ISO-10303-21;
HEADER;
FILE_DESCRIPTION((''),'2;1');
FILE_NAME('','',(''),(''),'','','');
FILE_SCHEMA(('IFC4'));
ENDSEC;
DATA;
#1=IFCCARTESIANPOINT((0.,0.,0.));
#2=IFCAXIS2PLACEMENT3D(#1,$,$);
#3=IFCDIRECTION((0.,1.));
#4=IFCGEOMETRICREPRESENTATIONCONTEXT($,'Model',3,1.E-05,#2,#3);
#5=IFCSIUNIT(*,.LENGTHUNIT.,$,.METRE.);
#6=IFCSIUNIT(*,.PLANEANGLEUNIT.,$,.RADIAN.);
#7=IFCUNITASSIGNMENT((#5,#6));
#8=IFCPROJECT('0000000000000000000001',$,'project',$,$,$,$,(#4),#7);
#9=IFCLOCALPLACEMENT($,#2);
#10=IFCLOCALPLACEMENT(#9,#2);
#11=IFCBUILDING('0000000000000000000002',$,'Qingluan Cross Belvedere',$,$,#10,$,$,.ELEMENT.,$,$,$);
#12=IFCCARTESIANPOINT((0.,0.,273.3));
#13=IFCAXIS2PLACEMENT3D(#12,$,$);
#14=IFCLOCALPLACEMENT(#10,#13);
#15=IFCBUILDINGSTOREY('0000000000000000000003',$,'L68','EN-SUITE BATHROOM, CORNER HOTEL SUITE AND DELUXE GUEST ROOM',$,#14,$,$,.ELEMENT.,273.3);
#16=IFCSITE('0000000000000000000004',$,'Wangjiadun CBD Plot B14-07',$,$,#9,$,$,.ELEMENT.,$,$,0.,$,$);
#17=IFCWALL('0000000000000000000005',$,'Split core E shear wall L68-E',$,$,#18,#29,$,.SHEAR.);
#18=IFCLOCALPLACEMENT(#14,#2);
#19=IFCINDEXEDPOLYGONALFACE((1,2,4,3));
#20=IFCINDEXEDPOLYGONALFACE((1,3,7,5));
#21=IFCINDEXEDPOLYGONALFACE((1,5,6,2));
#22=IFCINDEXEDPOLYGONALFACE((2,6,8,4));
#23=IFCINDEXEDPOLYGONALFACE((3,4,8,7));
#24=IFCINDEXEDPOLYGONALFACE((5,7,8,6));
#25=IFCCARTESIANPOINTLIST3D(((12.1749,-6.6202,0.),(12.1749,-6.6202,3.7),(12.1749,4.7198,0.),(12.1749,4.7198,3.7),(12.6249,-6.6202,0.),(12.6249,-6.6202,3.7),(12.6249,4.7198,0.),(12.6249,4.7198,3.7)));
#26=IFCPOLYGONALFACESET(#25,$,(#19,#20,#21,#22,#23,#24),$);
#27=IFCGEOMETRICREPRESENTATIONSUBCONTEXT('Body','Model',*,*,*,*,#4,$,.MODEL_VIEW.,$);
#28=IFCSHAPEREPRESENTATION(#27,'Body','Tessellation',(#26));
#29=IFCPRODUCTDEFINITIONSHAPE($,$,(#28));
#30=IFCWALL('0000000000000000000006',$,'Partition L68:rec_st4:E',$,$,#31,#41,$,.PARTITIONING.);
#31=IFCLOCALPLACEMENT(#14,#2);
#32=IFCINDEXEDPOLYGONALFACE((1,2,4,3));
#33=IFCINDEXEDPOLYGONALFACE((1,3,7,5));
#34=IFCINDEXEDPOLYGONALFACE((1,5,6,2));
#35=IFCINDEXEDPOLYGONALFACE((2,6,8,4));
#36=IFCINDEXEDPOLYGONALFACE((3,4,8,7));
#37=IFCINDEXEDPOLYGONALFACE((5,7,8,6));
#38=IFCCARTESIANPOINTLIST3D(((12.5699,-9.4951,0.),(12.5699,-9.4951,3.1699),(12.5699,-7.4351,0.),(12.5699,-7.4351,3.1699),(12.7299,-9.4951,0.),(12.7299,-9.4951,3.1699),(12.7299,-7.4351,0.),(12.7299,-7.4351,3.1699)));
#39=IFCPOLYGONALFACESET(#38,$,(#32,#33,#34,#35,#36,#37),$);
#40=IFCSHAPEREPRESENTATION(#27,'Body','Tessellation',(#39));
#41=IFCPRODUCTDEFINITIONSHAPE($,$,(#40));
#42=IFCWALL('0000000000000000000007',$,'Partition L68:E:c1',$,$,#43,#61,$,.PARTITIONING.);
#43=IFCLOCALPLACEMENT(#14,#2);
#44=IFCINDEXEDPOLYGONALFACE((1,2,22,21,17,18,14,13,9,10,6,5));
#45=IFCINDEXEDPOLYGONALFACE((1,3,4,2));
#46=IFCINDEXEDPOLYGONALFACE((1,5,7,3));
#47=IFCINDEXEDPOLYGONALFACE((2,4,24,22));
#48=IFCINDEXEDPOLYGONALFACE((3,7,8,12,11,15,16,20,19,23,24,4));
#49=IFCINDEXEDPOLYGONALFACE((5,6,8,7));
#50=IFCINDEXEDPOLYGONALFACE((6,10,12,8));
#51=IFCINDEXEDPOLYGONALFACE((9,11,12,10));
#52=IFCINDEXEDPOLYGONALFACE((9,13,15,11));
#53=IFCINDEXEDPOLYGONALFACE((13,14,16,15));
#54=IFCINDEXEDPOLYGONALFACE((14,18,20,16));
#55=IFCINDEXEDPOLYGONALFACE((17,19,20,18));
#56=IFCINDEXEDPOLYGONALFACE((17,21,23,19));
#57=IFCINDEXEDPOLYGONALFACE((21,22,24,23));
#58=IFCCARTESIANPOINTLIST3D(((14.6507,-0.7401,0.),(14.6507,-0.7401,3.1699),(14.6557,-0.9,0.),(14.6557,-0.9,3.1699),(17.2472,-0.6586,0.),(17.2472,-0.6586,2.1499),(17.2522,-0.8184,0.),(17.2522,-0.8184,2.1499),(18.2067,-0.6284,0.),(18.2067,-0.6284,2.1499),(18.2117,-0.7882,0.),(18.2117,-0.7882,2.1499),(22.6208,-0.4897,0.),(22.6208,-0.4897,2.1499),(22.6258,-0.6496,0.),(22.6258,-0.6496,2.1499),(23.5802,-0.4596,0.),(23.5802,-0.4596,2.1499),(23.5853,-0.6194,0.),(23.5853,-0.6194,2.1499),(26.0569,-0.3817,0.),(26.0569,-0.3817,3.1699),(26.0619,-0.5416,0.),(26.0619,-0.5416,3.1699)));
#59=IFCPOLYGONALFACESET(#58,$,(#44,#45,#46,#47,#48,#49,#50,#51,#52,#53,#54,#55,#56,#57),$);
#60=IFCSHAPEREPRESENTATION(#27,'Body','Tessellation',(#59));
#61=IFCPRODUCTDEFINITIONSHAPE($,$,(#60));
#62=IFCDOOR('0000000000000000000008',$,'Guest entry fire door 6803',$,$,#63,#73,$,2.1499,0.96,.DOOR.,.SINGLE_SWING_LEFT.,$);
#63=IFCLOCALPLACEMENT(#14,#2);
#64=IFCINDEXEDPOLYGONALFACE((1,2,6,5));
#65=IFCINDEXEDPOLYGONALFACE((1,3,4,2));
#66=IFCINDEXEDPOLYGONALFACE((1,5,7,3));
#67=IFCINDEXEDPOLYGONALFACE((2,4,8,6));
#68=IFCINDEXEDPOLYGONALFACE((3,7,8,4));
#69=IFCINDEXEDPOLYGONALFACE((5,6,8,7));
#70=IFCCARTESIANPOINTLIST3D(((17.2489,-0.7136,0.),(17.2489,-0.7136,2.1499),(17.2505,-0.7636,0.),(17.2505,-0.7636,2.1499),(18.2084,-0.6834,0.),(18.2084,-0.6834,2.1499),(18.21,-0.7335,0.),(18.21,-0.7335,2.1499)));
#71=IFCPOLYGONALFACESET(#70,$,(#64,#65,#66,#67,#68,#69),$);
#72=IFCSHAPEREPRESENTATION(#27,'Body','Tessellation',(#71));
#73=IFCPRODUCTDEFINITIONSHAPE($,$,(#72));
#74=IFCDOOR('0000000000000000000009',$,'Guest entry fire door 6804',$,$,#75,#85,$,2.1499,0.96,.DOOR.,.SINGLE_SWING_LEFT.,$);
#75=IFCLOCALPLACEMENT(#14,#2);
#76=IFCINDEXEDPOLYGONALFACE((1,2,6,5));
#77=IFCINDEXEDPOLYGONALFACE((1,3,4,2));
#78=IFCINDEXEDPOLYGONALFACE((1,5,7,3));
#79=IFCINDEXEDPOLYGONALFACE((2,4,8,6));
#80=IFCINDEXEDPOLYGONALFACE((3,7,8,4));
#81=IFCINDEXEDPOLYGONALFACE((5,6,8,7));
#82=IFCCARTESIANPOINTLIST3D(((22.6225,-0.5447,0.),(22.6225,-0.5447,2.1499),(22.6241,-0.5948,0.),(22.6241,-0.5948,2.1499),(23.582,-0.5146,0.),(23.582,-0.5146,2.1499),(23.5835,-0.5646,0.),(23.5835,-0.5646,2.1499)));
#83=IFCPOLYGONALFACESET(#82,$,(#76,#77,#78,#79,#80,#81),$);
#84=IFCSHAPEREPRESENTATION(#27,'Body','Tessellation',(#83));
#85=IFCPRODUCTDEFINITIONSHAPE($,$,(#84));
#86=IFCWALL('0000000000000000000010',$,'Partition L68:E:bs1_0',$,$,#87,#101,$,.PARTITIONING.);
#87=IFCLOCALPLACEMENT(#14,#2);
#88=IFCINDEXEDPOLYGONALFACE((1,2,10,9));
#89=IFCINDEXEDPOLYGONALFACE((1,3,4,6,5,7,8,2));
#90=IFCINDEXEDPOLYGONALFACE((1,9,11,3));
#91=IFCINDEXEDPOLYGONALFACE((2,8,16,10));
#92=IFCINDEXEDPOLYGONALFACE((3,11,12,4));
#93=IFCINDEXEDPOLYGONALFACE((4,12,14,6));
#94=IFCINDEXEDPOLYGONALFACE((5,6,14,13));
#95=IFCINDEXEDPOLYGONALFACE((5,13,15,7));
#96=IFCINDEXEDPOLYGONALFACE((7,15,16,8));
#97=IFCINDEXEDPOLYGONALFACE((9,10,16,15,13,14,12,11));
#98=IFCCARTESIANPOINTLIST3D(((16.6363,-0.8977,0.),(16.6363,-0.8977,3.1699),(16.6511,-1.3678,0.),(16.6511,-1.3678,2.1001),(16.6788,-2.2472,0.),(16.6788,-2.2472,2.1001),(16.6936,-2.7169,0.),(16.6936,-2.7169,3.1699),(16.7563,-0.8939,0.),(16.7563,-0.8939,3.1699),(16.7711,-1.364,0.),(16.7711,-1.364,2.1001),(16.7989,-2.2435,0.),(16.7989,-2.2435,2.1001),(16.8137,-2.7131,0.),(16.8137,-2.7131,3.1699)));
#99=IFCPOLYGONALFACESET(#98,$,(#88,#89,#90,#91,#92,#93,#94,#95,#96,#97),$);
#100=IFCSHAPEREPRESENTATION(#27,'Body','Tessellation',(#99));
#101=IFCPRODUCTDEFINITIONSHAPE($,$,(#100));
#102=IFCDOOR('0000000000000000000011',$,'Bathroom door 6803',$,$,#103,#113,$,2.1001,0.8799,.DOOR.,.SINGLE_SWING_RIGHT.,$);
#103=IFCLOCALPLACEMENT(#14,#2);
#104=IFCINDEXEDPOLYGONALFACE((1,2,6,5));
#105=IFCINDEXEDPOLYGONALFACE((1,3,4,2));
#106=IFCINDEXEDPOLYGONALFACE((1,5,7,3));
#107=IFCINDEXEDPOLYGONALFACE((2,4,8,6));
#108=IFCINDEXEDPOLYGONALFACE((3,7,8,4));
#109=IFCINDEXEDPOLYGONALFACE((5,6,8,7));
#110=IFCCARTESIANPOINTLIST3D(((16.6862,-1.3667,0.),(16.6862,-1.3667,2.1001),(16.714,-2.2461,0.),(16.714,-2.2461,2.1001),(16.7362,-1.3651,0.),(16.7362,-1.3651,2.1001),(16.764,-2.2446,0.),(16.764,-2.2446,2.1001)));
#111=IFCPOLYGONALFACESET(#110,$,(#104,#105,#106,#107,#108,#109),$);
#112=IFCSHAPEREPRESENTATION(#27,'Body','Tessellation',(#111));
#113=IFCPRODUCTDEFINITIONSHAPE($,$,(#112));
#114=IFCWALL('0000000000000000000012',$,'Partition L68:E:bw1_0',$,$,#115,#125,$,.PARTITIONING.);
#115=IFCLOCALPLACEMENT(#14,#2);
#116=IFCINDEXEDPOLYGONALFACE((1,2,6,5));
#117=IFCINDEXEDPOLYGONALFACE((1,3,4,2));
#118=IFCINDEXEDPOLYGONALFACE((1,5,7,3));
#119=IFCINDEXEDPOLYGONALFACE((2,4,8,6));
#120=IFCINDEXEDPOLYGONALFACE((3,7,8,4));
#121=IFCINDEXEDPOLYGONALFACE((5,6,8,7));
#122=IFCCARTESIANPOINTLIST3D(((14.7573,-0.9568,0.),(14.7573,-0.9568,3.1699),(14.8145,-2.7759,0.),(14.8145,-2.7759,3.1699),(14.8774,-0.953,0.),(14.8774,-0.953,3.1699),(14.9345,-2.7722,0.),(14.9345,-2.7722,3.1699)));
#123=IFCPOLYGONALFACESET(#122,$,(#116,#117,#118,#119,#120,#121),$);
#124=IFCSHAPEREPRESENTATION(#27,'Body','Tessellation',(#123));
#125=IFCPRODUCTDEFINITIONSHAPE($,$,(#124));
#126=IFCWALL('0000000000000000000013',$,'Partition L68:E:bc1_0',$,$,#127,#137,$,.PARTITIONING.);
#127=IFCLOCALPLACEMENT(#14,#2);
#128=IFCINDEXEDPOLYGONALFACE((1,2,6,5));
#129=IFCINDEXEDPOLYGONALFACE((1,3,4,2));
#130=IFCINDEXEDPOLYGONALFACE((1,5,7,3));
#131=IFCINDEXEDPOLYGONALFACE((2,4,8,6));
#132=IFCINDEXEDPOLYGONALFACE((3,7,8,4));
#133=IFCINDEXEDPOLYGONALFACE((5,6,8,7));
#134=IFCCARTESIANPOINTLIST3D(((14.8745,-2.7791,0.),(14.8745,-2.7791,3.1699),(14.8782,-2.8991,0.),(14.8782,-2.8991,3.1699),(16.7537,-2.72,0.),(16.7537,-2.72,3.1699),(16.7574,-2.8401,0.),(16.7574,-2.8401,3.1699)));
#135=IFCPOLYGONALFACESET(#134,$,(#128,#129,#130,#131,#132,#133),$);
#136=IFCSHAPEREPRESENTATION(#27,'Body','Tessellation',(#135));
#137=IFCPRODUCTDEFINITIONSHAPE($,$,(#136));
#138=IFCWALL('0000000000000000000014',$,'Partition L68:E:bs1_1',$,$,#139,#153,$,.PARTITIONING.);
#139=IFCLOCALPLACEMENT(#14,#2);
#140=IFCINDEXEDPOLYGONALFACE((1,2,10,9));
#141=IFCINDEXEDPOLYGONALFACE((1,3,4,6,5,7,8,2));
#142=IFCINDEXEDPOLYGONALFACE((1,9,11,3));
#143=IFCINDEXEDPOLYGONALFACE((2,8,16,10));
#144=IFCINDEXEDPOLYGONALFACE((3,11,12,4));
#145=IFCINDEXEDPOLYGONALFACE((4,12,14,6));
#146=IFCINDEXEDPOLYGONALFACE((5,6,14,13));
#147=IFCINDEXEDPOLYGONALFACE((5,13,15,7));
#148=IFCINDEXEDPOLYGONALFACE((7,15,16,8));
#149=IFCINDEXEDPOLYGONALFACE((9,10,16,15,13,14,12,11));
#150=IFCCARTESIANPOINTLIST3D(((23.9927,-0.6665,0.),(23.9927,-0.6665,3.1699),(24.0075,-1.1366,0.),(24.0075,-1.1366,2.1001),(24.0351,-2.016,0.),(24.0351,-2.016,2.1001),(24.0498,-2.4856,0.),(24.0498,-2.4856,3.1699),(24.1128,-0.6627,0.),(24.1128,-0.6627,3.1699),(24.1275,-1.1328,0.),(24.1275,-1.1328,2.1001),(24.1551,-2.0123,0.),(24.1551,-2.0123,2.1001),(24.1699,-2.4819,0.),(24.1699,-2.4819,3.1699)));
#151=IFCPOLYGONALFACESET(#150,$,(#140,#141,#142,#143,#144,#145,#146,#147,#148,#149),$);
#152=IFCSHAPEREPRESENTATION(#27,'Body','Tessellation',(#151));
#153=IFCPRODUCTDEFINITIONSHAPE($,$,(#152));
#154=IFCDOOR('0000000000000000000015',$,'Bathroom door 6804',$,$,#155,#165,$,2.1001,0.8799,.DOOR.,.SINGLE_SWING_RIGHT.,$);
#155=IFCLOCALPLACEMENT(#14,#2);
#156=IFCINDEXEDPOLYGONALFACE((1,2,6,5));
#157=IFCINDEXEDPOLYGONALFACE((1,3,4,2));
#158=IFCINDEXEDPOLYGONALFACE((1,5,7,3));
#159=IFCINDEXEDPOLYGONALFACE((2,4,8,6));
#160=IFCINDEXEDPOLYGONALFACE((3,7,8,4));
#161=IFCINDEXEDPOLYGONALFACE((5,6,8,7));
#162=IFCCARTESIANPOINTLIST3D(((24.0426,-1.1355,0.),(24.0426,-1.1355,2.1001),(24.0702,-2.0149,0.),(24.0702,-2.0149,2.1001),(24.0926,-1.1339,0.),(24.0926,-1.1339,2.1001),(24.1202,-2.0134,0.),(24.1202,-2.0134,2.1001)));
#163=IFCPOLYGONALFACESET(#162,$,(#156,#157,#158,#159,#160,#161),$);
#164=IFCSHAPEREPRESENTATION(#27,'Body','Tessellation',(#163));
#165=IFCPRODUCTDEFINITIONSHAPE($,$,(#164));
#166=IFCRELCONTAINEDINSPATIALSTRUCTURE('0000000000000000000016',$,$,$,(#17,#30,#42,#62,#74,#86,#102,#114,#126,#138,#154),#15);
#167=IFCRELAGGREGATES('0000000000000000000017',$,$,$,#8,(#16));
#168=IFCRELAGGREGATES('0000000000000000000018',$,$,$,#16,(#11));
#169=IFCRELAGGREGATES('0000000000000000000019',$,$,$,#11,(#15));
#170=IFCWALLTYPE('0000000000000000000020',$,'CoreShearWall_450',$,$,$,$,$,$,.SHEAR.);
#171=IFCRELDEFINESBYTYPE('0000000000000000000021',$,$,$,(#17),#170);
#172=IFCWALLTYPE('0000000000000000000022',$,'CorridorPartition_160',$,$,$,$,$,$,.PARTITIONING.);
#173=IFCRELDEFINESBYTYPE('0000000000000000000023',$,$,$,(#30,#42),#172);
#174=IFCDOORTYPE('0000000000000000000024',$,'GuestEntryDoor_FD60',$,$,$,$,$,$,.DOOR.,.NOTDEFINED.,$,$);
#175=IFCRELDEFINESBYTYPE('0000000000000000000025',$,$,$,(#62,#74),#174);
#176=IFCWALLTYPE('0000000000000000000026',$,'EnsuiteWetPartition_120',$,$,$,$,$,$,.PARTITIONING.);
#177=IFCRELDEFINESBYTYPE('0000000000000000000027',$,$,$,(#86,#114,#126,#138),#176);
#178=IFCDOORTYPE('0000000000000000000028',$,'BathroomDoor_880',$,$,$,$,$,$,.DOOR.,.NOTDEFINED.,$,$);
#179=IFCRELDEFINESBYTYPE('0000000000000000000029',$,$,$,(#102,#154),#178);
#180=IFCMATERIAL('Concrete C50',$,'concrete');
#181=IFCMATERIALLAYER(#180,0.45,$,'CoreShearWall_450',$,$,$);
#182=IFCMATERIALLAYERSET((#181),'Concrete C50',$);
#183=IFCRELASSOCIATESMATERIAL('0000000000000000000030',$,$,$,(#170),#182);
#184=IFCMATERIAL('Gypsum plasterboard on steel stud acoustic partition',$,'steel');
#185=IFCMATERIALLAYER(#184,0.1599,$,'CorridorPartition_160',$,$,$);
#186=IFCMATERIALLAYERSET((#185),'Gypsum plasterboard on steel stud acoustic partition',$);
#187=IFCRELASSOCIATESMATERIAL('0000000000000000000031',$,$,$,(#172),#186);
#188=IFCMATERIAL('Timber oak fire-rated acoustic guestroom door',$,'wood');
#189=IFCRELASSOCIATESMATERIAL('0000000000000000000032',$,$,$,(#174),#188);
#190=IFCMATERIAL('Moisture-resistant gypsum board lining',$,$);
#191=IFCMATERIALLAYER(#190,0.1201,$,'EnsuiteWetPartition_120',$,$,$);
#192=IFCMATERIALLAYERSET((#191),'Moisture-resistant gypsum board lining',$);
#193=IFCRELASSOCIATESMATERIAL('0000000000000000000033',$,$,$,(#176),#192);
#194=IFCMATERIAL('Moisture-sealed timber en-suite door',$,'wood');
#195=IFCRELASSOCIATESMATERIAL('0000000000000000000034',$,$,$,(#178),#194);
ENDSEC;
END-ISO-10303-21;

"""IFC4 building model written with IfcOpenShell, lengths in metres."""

from ifc_helpers import new_model, si_unit, direction, frame, frame_2d, origin, place, context, subcontext, project, spatial, rectangle, extrude, material, layer, layer_set, type_object, element, fill, save


model = new_model("IFC4")

# Units and contexts
model_context = context("Model", 3, precision=1e-05, world=origin(), true_north=direction((0.0, 1.0)))
body_context = subcontext(model_context, "Body", "Model", "MODEL_VIEW")
ifc_project = project(units=[si_unit("LENGTHUNIT", "METRE"), si_unit("PLANEANGLEUNIT", "RADIAN")], contexts=[model_context])

# Site, building, storey
site_placement = place(None, origin())
site = spatial("IfcSite", under=ifc_project, at=site_placement, Name="Wangjiadun CBD Plot B14-07", CompositionType="ELEMENT", RefElevation=0.0)
building_placement = place(site_placement, origin())
building = spatial("IfcBuilding", under=site, at=building_placement, Name="Qingluan Cross Belvedere", CompositionType="ELEMENT")
storey_placement = place(building_placement, frame((0.0, 0.0, 273.3)))
storey = spatial("IfcBuildingStorey", under=building, at=storey_placement, Name="L68", Description="EN-SUITE BATHROOM, CORNER HOTEL SUITE AND DELUXE GUEST ROOM", CompositionType="ELEMENT", Elevation=273.3)

# Walls
ifc_material_1 = material(Name="Concrete C50", Category="concrete")
ifc_layer_1 = layer(ifc_material_1, 0.45, Name="CoreShearWall_450")
ifc_layer_set_1 = layer_set([ifc_layer_1], Name="Concrete C50")
wall_type_1 = type_object("IfcWallType", Name="CoreShearWall_450", PredefinedType="SHEAR", material=ifc_layer_set_1)
wall_1_placement = place(storey_placement, frame((12.3999, -6.6201, 0.0), z_axis=(0.0, 0.0, 1.0), x_axis=(0.0, 1.0, 0.0)))
element("IfcWall", 1, at=wall_1_placement, inside=storey, type_object=wall_type_1, Name="Split core E shear wall L68-E", PredefinedType="SHEAR", context=body_context, shape_type="SweptSolid", body=[
    extrude(rectangle(XDim=11.3401, YDim=0.45, at=frame_2d((5.6699, 0.0))), origin(), (0.0, 0.0, 1.0), 3.7),
])
ifc_material_2 = material(Name="Gypsum plasterboard on steel stud acoustic partition", Category="steel")
ifc_layer_2 = layer(ifc_material_2, 0.1599, Name="CorridorPartition_160")
ifc_layer_set_2 = layer_set([ifc_layer_2], Name="Gypsum plasterboard on steel stud acoustic partition")
wall_type_2 = type_object("IfcWallType", Name="CorridorPartition_160", PredefinedType="PARTITIONING", material=ifc_layer_set_2)
wall_2_placement = place(storey_placement, frame((12.6499, -9.4951, 0.0), z_axis=(0.0, 0.0, 1.0), x_axis=(0.0, 1.0, 0.0)))
element("IfcWall", 2, at=wall_2_placement, inside=storey, type_object=wall_type_2, Name="Partition L68:rec_st4:E", PredefinedType="PARTITIONING", context=body_context, shape_type="SweptSolid", body=[
    extrude(rectangle(XDim=2.0601, YDim=0.1599, at=frame_2d((1.03, 0.0))), origin(), (0.0, 0.0, 1.0), 3.1699),
])

# Wall, openings, doors
wall_3_placement = place(storey_placement, frame((14.6531, -0.8201, 0.0), z_axis=(0.0, 0.0, 1.0), x_axis=(0.999507, 0.031406, 0.0)))
wall_3 = element("IfcWall", 3, at=wall_3_placement, inside=storey, type_object=wall_type_2, Name="Partition L68:E:c1", PredefinedType="PARTITIONING", context=body_context, shape_type="SweptSolid", body=[
    extrude(rectangle(XDim=11.4119, YDim=0.1599, at=frame_2d((5.7061, 0.0))), origin(), (0.0, 0.0, 1.0), 3.1699),
])
opening_1_placement = place(wall_3_placement, frame((2.5979, 0.0, 0.0)))
opening_1 = element("IfcOpeningElement", 4, at=opening_1_placement, cuts=wall_3, PredefinedType="OPENING", context=body_context, shape_type="SweptSolid", body=[
    extrude(rectangle(XDim=0.96, YDim=2.1499, at=frame_2d((0.48, 1.075))), frame((0.0, 0.0898, 0.0), z_axis=(0.0, -1.0, 0.0), x_axis=(1.0, 0.0, 0.0)), (0.0, 0.0, 1.0), 0.1799),
])
opening_2_placement = place(wall_3_placement, frame((7.9741, 0.0, 0.0)))
opening_2 = element("IfcOpeningElement", 5, at=opening_2_placement, cuts=wall_3, PredefinedType="OPENING", context=body_context, shape_type="SweptSolid", body=[
    extrude(rectangle(XDim=0.96, YDim=2.1499, at=frame_2d((0.48, 1.075))), frame((0.0, 0.0898, 0.0), z_axis=(0.0, -1.0, 0.0), x_axis=(1.0, 0.0, 0.0)), (0.0, 0.0, 1.0), 0.1799),
])
ifc_material_3 = material(Name="Timber oak fire-rated acoustic guestroom door", Category="wood")
door_type_1 = type_object("IfcDoorType", Name="GuestEntryDoor_FD60", OperationType="NOTDEFINED", PredefinedType="DOOR", material=ifc_material_3)
door_1_placement = place(opening_1_placement, origin())
door_1 = element("IfcDoor", 6, at=door_1_placement, inside=storey, type_object=door_type_1, Name="Guest entry fire door 6803", OperationType="SINGLE_SWING_LEFT", OverallHeight=2.1499, OverallWidth=0.96, PredefinedType="DOOR", context=body_context, shape_type="SweptSolid", body=[
    extrude(rectangle(XDim=0.96, YDim=2.1499, at=frame_2d((0.48, 1.075))), frame((0.0, 0.0249, 0.0), z_axis=(0.0, -1.0, 0.0), x_axis=(1.0, 0.0, 0.0)), (0.0, 0.0, 1.0), 0.05),
])
fill(opening_1, door_1)
door_2_placement = place(opening_2_placement, origin())
door_2 = element("IfcDoor", 7, at=door_2_placement, inside=storey, type_object=door_type_1, Name="Guest entry fire door 6804", OperationType="SINGLE_SWING_LEFT", OverallHeight=2.1499, OverallWidth=0.96, PredefinedType="DOOR", context=body_context, shape_type="SweptSolid", body=[
    extrude(rectangle(XDim=0.96, YDim=2.1499, at=frame_2d((0.48, 1.075))), frame((0.0, 0.0249, 0.0), z_axis=(0.0, -1.0, 0.0), x_axis=(1.0, 0.0, 0.0)), (0.0, 0.0, 1.0), 0.05),
])
fill(opening_2, door_2)

# Wall, opening, door
ifc_material_4 = material(Name="Moisture-resistant gypsum board lining")
ifc_layer_3 = layer(ifc_material_4, 0.1201, Name="EnsuiteWetPartition_120")
ifc_layer_set_3 = layer_set([ifc_layer_3], Name="Moisture-resistant gypsum board lining")
wall_type_3 = type_object("IfcWallType", Name="EnsuiteWetPartition_120", PredefinedType="PARTITIONING", material=ifc_layer_set_3)
wall_4_placement = place(storey_placement, frame((16.7537, -2.7151, 0.0), z_axis=(0.0, 0.0, 1.0), x_axis=(-0.031524, 0.999503, 0.0)))
wall_4 = element("IfcWall", 8, at=wall_4_placement, inside=storey, type_object=wall_type_3, Name="Partition L68:E:bs1_0", PredefinedType="PARTITIONING", context=body_context, shape_type="SweptSolid", body=[
    extrude(rectangle(XDim=1.8201, YDim=0.1201, at=frame_2d((0.9102, 0.0))), origin(), (0.0, 0.0, 1.0), 3.1699),
])
opening_3_placement = place(wall_4_placement, frame((0.47, 0.0, 0.0)))
opening_3 = element("IfcOpeningElement", 9, at=opening_3_placement, cuts=wall_4, PredefinedType="OPENING", context=body_context, shape_type="SweptSolid", body=[
    extrude(rectangle(XDim=0.8799, YDim=2.1001, at=frame_2d((0.4399, 1.05))), frame((0.0, 0.0701, 0.0), z_axis=(0.0, -1.0, 0.0), x_axis=(1.0, 0.0, 0.0)), (0.0, 0.0, 1.0), 0.1401),
])
ifc_material_5 = material(Name="Moisture-sealed timber en-suite door", Category="wood")
door_type_2 = type_object("IfcDoorType", Name="BathroomDoor_880", OperationType="NOTDEFINED", PredefinedType="DOOR", material=ifc_material_5)
door_3_placement = place(opening_3_placement, origin())
door_3 = element("IfcDoor", 10, at=door_3_placement, inside=storey, type_object=door_type_2, Name="Bathroom door 6803", OperationType="SINGLE_SWING_RIGHT", OverallHeight=2.1001, OverallWidth=0.8799, PredefinedType="DOOR", context=body_context, shape_type="SweptSolid", body=[
    extrude(rectangle(XDim=0.8799, YDim=2.1001, at=frame_2d((0.4399, 1.05))), frame((0.0, 0.0249, 0.0), z_axis=(0.0, -1.0, 0.0), x_axis=(1.0, 0.0, 0.0)), (0.0, 0.0, 1.0), 0.05),
])
fill(opening_3, door_3)

# Walls
wall_5_placement = place(storey_placement, frame((14.8745, -2.7742, 0.0), z_axis=(0.0, 0.0, 1.0), x_axis=(-0.03139, 0.999507, 0.0)))
element("IfcWall", 11, at=wall_5_placement, inside=storey, type_object=wall_type_3, Name="Partition L68:E:bw1_0", PredefinedType="PARTITIONING", context=body_context, shape_type="SweptSolid", body=[
    extrude(rectangle(XDim=1.8201, YDim=0.1201, at=frame_2d((0.9102, 0.0))), origin(), (0.0, 0.0, 1.0), 3.1699),
])
wall_6_placement = place(storey_placement, frame((14.8765, -2.8391, 0.0), z_axis=(0.0, 0.0, 1.0), x_axis=(0.999506, 0.031425, 0.0)))
element("IfcWall", 12, at=wall_6_placement, inside=storey, type_object=wall_type_3, Name="Partition L68:E:bc1_0", PredefinedType="PARTITIONING", context=body_context, shape_type="SweptSolid", body=[
    extrude(rectangle(XDim=1.8801, YDim=0.1201, at=frame_2d((0.9399, 0.0))), origin(), (0.0, 0.0, 1.0), 3.1699),
])

# Wall, opening, door
wall_7_placement = place(storey_placement, frame((24.1099, -2.4839, 0.0), z_axis=(0.0, 0.0, 1.0), x_axis=(-0.03139, 0.999507, 0.0)))
wall_7 = element("IfcWall", 13, at=wall_7_placement, inside=storey, type_object=wall_type_3, Name="Partition L68:E:bs1_1", PredefinedType="PARTITIONING", context=body_context, shape_type="SweptSolid", body=[
    extrude(rectangle(XDim=1.8201, YDim=0.1201, at=frame_2d((0.9102, 0.0))), origin(), (0.0, 0.0, 1.0), 3.1699),
])
opening_4_placement = place(wall_7_placement, frame((0.47, 0.0, 0.0)))
opening_4 = element("IfcOpeningElement", 14, at=opening_4_placement, cuts=wall_7, PredefinedType="OPENING", context=body_context, shape_type="SweptSolid", body=[
    extrude(rectangle(XDim=0.8799, YDim=2.1001, at=frame_2d((0.4399, 1.05))), frame((0.0, 0.0701, 0.0), z_axis=(0.0, -1.0, 0.0), x_axis=(1.0, 0.0, 0.0)), (0.0, 0.0, 1.0), 0.1401),
])
door_4_placement = place(opening_4_placement, origin())
door_4 = element("IfcDoor", 15, at=door_4_placement, inside=storey, type_object=door_type_2, Name="Bathroom door 6804", OperationType="SINGLE_SWING_RIGHT", OverallHeight=2.1001, OverallWidth=0.8799, PredefinedType="DOOR", context=body_context, shape_type="SweptSolid", body=[
    extrude(rectangle(XDim=0.8799, YDim=2.1001, at=frame_2d((0.4399, 1.05))), frame((0.0, 0.0249, 0.0), z_axis=(0.0, -1.0, 0.0), x_axis=(1.0, 0.0, 0.0)), (0.0, 0.0, 1.0), 0.05),
])
fill(opening_4, door_4)

save(model, "model.ifc")
